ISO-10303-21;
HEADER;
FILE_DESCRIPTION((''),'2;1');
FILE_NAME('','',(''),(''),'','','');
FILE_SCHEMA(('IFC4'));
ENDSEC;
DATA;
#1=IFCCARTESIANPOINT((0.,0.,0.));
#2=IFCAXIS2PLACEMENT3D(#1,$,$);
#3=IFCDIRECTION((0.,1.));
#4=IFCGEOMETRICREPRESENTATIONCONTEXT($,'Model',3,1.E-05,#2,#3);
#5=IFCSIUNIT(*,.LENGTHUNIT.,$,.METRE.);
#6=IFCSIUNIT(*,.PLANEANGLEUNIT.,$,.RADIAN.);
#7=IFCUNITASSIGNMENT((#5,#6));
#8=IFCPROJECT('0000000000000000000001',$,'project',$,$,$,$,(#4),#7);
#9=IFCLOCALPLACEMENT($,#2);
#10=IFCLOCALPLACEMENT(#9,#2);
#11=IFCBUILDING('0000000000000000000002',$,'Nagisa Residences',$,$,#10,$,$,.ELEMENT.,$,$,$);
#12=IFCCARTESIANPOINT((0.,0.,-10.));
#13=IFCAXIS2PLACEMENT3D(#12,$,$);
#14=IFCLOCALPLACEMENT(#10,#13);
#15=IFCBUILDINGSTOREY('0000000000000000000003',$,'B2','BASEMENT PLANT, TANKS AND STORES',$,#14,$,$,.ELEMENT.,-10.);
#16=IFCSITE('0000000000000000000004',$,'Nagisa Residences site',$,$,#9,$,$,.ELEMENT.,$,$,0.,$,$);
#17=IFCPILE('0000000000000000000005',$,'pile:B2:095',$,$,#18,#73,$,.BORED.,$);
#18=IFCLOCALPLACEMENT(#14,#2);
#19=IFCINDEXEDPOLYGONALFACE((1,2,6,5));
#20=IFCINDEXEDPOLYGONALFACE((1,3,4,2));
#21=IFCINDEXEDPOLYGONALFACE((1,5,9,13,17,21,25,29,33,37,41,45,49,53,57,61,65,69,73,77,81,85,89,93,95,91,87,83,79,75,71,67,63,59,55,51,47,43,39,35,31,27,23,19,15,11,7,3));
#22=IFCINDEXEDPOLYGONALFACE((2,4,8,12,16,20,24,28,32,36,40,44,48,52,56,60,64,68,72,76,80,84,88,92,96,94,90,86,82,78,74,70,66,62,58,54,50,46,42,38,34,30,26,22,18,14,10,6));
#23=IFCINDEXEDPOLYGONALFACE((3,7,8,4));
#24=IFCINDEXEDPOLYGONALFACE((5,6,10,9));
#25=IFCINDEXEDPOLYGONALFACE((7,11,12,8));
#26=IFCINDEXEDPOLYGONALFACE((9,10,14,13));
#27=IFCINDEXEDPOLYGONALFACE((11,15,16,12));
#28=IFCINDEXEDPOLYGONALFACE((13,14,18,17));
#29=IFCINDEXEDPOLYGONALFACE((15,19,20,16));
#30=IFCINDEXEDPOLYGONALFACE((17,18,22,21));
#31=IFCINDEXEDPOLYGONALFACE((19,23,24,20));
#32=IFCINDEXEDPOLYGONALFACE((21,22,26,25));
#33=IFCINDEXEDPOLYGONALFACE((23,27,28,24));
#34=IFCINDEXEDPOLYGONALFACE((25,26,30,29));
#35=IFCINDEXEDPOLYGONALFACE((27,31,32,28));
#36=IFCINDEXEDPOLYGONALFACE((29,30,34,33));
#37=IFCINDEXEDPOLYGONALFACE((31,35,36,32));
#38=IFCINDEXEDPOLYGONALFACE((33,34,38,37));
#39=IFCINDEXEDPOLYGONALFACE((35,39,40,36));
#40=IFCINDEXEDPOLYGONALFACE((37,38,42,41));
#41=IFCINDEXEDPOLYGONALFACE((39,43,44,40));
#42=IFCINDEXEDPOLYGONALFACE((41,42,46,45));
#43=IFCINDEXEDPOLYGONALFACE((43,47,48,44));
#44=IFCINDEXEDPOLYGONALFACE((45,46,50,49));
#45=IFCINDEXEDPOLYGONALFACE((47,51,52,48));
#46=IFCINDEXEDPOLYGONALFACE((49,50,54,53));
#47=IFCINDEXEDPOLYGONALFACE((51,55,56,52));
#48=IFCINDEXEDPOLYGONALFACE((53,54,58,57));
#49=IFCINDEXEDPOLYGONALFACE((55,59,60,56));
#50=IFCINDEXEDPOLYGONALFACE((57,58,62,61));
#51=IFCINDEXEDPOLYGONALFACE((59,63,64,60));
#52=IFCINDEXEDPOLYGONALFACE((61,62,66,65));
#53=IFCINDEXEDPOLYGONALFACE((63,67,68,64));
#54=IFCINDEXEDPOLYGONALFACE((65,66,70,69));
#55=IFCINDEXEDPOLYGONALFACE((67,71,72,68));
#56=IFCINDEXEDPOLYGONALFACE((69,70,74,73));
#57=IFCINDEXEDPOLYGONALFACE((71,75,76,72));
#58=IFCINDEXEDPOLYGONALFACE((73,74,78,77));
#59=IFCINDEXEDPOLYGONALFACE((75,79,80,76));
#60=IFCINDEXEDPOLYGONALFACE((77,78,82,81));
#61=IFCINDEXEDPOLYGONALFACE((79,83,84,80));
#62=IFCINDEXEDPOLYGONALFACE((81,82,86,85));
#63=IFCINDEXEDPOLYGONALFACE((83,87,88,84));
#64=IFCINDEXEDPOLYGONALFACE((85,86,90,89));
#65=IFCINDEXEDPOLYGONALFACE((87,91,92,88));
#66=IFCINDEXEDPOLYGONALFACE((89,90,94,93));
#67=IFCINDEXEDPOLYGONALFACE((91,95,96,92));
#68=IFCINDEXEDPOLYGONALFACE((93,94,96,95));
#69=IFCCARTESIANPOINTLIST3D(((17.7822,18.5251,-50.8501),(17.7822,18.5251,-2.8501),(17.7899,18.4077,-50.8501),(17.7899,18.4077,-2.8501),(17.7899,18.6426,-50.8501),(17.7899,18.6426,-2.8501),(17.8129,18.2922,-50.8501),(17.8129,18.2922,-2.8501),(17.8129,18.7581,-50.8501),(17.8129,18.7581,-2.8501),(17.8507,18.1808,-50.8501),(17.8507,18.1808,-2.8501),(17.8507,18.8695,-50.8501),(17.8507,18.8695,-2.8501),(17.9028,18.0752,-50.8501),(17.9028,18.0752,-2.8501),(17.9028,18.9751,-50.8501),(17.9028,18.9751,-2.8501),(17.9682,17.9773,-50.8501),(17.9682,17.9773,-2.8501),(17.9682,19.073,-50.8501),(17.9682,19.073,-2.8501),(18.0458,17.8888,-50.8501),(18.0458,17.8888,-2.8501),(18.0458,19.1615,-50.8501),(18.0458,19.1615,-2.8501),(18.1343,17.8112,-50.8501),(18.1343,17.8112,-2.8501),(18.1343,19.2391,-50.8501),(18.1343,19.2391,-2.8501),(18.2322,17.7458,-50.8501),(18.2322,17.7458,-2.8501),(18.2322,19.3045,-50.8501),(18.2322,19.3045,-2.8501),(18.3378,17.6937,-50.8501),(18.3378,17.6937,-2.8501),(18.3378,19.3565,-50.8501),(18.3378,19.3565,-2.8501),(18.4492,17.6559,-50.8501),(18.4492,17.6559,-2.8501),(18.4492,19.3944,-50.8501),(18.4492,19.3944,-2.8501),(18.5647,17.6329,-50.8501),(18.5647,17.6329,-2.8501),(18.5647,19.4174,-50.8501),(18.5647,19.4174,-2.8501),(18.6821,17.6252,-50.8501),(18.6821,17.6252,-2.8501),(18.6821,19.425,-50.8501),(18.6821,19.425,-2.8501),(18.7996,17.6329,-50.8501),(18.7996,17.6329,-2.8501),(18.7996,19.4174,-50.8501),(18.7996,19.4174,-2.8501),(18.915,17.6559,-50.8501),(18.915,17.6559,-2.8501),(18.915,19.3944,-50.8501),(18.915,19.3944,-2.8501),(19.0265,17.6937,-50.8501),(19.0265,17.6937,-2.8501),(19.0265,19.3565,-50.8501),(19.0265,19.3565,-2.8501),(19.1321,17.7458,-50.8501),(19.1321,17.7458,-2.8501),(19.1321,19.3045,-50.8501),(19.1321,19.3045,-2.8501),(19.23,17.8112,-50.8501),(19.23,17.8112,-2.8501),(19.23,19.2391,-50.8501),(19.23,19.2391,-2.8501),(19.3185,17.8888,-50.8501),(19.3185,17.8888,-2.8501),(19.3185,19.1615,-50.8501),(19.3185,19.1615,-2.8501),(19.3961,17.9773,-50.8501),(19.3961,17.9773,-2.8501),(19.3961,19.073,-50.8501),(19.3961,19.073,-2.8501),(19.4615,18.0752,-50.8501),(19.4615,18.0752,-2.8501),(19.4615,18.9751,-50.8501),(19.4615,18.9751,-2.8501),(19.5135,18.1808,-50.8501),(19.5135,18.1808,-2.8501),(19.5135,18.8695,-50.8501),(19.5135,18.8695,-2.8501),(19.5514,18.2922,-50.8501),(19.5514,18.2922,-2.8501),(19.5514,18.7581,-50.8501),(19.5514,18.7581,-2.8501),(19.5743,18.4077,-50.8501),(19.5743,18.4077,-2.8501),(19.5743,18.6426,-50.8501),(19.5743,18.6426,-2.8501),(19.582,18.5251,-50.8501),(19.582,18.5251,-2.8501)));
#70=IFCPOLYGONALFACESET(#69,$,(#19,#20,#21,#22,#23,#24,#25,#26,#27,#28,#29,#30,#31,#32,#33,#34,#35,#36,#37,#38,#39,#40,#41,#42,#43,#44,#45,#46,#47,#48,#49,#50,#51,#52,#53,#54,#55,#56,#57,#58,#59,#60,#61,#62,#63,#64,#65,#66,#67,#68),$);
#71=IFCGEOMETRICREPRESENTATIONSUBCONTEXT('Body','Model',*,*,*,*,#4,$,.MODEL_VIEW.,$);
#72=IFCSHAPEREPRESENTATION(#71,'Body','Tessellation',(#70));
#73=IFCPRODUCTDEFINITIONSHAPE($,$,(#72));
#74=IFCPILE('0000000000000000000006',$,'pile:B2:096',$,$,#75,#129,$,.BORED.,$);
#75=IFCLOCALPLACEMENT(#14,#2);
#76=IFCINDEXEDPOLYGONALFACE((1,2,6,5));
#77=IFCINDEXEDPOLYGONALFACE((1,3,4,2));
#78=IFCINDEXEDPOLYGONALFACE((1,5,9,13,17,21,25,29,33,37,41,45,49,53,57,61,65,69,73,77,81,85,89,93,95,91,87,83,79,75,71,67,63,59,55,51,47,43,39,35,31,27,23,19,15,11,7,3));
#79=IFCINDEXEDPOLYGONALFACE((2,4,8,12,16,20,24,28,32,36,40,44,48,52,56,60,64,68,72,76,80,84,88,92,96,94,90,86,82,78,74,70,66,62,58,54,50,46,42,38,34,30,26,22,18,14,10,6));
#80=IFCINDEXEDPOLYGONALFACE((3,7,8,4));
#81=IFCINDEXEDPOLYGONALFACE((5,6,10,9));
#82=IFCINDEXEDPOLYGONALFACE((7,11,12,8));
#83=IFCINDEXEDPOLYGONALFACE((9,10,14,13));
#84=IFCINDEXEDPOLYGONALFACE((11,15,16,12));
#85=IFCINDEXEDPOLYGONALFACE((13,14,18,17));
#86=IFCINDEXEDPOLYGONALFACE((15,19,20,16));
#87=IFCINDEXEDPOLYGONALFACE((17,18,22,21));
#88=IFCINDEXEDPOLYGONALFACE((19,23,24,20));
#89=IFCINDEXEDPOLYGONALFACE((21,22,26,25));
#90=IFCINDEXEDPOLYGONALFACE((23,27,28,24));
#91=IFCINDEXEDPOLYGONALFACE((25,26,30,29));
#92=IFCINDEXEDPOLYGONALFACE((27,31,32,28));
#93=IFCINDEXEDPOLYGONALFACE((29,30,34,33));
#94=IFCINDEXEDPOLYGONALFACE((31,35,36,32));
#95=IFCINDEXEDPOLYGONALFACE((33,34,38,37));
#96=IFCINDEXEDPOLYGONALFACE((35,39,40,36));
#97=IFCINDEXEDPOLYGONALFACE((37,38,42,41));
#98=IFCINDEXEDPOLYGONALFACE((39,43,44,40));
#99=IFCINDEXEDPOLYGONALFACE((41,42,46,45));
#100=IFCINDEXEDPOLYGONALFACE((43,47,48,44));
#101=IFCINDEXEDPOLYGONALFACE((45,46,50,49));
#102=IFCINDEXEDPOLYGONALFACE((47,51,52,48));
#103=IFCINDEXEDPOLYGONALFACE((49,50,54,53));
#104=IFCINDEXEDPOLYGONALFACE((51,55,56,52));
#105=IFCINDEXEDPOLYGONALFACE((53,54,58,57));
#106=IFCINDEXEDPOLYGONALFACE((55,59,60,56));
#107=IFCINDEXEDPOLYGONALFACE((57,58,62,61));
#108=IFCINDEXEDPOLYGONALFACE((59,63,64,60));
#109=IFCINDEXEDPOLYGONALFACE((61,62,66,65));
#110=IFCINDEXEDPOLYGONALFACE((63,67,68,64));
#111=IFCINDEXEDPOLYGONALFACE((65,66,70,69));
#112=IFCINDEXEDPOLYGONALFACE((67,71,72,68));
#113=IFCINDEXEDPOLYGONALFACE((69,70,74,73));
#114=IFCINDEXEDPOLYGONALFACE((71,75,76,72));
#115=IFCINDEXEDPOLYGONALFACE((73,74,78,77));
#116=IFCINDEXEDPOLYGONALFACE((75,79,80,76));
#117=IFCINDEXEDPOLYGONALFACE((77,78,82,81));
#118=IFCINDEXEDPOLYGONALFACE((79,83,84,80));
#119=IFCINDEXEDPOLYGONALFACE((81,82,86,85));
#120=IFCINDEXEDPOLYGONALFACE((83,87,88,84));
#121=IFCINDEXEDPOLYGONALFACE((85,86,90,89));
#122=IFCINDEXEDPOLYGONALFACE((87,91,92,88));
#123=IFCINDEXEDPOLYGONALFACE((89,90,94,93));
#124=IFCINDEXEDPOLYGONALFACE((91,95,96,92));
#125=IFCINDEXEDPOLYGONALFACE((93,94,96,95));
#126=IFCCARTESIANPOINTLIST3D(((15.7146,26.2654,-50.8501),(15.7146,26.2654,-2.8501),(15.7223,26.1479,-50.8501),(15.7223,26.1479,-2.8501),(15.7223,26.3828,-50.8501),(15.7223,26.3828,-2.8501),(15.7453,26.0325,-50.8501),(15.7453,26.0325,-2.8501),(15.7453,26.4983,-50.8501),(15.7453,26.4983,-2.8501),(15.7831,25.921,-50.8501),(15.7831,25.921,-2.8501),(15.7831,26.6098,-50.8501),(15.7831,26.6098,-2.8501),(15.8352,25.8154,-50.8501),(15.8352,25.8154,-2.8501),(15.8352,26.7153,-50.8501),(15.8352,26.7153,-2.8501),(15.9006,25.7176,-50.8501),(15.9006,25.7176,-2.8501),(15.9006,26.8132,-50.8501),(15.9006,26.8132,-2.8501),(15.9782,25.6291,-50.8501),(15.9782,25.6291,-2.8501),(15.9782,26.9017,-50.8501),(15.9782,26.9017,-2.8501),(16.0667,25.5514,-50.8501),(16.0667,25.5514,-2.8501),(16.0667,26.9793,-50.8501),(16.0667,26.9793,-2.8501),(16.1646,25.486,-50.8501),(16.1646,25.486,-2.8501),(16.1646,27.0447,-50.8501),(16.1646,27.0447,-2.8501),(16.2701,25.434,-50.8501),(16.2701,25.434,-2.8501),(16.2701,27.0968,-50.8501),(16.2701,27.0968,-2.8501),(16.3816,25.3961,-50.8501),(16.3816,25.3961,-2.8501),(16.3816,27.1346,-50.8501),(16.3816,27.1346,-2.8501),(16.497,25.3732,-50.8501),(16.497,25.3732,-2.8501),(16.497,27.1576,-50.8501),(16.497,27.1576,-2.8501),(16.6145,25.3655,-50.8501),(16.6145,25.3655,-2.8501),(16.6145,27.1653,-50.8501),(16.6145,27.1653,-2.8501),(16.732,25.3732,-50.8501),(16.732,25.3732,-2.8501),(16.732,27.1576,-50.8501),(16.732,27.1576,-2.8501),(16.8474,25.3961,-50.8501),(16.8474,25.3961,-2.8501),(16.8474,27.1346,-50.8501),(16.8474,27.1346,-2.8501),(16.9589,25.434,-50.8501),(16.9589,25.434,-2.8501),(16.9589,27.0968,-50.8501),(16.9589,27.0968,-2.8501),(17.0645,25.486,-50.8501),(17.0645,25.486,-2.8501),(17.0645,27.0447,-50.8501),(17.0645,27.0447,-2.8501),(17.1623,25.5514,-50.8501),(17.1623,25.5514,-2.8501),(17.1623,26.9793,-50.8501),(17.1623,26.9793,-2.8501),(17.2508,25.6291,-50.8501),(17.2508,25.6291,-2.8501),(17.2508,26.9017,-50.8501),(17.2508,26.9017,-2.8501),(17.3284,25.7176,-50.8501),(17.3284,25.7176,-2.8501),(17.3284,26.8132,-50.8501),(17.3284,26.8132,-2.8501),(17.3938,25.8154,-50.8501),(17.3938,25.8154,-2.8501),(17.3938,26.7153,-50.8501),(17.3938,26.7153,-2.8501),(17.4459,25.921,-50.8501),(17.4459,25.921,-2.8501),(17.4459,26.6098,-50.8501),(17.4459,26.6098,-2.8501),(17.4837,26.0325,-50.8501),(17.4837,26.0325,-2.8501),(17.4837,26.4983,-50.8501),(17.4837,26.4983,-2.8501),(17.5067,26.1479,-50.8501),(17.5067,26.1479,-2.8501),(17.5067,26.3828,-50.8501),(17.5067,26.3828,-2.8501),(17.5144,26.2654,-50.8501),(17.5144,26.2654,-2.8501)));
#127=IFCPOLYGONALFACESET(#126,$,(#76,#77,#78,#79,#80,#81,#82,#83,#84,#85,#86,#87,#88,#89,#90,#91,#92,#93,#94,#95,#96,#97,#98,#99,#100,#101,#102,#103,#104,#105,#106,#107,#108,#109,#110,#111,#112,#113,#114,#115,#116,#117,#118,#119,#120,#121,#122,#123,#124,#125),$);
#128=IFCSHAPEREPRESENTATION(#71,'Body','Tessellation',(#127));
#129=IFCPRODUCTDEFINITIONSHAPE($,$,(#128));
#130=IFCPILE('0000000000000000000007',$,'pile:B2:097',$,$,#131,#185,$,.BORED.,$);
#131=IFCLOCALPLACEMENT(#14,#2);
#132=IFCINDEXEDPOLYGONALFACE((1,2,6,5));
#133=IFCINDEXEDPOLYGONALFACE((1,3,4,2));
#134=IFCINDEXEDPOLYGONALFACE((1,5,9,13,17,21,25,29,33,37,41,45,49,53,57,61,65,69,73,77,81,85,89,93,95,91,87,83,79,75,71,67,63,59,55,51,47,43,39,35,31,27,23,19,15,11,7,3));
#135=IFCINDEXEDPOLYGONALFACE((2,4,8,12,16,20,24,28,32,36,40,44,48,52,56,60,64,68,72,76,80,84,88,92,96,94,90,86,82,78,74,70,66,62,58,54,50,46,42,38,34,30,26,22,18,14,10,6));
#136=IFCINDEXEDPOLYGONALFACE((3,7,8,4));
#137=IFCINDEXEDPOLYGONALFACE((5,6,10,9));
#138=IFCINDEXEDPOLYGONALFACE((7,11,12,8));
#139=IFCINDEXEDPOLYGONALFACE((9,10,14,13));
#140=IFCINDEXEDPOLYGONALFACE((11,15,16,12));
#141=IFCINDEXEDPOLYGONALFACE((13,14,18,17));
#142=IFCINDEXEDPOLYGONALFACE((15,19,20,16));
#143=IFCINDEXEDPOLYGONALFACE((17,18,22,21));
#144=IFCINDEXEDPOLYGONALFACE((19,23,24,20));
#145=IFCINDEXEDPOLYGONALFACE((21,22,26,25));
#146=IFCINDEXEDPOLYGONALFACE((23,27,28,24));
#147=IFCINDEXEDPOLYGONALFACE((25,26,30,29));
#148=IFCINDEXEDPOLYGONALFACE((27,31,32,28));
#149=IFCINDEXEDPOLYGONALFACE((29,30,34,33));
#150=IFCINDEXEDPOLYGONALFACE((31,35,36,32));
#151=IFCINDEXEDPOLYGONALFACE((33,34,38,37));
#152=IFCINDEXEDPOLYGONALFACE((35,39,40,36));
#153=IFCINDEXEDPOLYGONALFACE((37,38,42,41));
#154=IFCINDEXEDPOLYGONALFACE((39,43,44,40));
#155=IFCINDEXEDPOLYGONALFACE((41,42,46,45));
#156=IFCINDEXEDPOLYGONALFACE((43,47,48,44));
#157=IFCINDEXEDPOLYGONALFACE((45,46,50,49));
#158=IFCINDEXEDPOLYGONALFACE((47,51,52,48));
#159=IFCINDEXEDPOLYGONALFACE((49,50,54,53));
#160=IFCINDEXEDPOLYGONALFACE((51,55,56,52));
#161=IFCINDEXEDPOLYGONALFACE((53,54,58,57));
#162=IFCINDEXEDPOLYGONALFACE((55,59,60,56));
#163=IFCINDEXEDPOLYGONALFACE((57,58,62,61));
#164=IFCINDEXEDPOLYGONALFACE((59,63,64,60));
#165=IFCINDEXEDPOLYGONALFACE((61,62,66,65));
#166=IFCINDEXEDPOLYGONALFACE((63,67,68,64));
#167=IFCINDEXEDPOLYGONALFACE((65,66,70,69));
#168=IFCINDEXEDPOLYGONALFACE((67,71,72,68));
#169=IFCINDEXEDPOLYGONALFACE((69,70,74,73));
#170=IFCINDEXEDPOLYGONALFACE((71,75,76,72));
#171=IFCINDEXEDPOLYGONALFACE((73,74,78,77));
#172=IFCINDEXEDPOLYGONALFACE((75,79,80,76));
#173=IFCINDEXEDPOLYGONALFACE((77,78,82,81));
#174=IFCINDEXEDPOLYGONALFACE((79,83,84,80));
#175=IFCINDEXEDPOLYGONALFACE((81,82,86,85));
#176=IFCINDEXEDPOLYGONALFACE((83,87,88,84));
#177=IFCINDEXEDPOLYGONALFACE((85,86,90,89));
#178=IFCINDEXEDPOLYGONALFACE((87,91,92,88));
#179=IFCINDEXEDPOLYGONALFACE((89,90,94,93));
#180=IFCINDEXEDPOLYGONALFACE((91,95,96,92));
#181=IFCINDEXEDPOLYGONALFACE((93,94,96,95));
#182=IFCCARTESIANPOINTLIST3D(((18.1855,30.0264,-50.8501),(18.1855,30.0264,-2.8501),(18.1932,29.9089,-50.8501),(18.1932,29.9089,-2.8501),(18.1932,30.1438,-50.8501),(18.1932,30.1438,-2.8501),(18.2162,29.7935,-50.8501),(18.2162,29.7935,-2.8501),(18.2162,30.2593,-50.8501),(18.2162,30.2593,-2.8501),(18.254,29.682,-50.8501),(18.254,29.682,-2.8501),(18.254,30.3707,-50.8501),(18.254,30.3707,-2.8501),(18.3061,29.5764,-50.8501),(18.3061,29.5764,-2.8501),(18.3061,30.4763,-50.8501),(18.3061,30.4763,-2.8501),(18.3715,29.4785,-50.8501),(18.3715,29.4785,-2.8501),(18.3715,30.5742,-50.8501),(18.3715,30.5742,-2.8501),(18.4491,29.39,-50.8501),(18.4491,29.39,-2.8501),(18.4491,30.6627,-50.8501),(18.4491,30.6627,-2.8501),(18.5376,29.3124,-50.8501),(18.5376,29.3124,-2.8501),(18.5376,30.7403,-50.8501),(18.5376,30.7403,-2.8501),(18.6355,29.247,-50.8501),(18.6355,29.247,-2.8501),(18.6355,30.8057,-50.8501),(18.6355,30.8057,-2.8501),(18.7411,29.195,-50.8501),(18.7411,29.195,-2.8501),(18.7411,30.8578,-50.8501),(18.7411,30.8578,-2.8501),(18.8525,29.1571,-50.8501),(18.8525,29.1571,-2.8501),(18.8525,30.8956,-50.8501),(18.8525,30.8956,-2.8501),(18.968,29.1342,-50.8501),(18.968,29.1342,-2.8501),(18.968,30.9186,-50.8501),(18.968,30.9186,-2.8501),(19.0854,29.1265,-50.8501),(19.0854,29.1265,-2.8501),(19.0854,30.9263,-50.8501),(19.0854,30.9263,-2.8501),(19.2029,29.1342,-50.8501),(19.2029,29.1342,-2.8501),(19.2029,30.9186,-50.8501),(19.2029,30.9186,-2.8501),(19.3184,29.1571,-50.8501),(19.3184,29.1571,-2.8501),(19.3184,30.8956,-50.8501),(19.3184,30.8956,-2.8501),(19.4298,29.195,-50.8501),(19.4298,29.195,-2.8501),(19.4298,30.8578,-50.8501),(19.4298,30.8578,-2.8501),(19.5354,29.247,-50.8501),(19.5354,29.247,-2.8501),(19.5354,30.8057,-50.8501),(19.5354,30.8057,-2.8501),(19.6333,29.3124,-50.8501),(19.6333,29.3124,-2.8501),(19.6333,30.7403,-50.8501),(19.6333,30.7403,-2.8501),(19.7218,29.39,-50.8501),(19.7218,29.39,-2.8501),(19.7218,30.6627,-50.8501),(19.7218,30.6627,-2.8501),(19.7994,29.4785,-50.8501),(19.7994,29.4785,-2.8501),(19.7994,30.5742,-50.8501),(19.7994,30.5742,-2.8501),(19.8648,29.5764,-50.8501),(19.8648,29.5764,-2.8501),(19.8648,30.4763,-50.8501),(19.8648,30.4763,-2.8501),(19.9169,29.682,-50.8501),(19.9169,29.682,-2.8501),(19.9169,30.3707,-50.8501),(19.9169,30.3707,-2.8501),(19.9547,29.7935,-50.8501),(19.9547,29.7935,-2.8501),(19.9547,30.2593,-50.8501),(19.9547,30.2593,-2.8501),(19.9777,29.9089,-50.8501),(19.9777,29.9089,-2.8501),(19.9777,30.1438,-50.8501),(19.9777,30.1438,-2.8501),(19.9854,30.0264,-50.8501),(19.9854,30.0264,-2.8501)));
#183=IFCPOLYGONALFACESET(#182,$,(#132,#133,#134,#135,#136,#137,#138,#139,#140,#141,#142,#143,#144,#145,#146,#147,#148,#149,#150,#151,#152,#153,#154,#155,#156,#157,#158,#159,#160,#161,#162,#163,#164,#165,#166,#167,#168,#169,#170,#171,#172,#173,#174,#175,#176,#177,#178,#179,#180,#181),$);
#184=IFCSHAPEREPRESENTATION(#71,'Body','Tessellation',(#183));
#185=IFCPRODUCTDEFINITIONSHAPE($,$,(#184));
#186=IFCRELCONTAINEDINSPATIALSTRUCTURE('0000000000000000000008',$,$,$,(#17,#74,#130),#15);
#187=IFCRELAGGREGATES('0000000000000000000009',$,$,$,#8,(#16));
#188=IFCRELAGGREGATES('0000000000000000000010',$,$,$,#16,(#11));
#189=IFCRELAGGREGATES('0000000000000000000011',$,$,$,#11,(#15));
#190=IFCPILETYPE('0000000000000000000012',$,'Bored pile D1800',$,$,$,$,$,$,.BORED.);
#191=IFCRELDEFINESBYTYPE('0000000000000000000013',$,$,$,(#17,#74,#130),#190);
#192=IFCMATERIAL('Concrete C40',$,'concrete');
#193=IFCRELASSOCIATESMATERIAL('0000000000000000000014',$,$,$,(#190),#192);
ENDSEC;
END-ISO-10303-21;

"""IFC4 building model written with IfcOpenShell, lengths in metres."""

from ifc_helpers import new_model, si_unit, direction, frame, origin, origin_2d, place, context, subcontext, project, spatial, circle, extrude, material, material_profile, profile_set, type_object, element, save


model = new_model("IFC4")

# Units and contexts
model_context = context("Model", 3, precision=1e-05, world=origin(), true_north=direction((0.0, 1.0)))
body_context = subcontext(model_context, "Body", "Model", "MODEL_VIEW")
ifc_project = project(units=[si_unit("LENGTHUNIT", "METRE"), si_unit("PLANEANGLEUNIT", "RADIAN")], contexts=[model_context])

# Site, building, storey
site_placement = place(None, origin())
site = spatial("IfcSite", under=ifc_project, at=site_placement, Name="Nagisa Residences site", CompositionType="ELEMENT", RefElevation=0.0)
building_placement = place(site_placement, origin())
building = spatial("IfcBuilding", under=site, at=building_placement, Name="Nagisa Residences", CompositionType="ELEMENT")
storey_placement = place(building_placement, frame((0.0, 0.0, -10.0)))
storey = spatial("IfcBuildingStorey", under=building, at=storey_placement, Name="B2", Description="BASEMENT PLANT, TANKS AND STORES", CompositionType="ELEMENT", Elevation=-10.0)

# Piles
ifc_material_1 = material(Name="Concrete C40", Category="concrete")
ifc_material_profile_1 = material_profile(ifc_material_1, circle(Radius=0.8999, at=origin_2d()), Name="Bored pile D1800")
ifc_profile_set_1 = profile_set([ifc_material_profile_1], Name="Concrete C40")
pile_type = type_object("IfcPileType", Name="Bored pile D1800", PredefinedType="BORED", material=ifc_profile_set_1)
for number, where, z_axis, x_axis, name in (
    (1, (18.6821, 18.5251, -2.8501), (0.0, 0.0, -1.0), (1.0, 0.0, 0.0), "pile:B2:095"),
    (2, (16.6145, 26.2654, -2.8501), (0.0, 0.0, -1.0), (1.0, 0.0, 0.0), "pile:B2:096"),
    (3, (19.0854, 30.0264, -2.8501), (0.0, 0.0, -1.0), (1.0, 0.0, 0.0), "pile:B2:097"),
):
    element("IfcPile", number, at=place(storey_placement, frame(where, z_axis=z_axis, x_axis=x_axis)), inside=storey, type_object=pile_type, Name=name, PredefinedType="BORED", context=body_context, shape_type="SweptSolid", body=[
        extrude(circle(Radius=0.8999, at=origin_2d()), origin(), (0.0, 0.0, 1.0), 48.0),
    ])

save(model, "model.ifc")
